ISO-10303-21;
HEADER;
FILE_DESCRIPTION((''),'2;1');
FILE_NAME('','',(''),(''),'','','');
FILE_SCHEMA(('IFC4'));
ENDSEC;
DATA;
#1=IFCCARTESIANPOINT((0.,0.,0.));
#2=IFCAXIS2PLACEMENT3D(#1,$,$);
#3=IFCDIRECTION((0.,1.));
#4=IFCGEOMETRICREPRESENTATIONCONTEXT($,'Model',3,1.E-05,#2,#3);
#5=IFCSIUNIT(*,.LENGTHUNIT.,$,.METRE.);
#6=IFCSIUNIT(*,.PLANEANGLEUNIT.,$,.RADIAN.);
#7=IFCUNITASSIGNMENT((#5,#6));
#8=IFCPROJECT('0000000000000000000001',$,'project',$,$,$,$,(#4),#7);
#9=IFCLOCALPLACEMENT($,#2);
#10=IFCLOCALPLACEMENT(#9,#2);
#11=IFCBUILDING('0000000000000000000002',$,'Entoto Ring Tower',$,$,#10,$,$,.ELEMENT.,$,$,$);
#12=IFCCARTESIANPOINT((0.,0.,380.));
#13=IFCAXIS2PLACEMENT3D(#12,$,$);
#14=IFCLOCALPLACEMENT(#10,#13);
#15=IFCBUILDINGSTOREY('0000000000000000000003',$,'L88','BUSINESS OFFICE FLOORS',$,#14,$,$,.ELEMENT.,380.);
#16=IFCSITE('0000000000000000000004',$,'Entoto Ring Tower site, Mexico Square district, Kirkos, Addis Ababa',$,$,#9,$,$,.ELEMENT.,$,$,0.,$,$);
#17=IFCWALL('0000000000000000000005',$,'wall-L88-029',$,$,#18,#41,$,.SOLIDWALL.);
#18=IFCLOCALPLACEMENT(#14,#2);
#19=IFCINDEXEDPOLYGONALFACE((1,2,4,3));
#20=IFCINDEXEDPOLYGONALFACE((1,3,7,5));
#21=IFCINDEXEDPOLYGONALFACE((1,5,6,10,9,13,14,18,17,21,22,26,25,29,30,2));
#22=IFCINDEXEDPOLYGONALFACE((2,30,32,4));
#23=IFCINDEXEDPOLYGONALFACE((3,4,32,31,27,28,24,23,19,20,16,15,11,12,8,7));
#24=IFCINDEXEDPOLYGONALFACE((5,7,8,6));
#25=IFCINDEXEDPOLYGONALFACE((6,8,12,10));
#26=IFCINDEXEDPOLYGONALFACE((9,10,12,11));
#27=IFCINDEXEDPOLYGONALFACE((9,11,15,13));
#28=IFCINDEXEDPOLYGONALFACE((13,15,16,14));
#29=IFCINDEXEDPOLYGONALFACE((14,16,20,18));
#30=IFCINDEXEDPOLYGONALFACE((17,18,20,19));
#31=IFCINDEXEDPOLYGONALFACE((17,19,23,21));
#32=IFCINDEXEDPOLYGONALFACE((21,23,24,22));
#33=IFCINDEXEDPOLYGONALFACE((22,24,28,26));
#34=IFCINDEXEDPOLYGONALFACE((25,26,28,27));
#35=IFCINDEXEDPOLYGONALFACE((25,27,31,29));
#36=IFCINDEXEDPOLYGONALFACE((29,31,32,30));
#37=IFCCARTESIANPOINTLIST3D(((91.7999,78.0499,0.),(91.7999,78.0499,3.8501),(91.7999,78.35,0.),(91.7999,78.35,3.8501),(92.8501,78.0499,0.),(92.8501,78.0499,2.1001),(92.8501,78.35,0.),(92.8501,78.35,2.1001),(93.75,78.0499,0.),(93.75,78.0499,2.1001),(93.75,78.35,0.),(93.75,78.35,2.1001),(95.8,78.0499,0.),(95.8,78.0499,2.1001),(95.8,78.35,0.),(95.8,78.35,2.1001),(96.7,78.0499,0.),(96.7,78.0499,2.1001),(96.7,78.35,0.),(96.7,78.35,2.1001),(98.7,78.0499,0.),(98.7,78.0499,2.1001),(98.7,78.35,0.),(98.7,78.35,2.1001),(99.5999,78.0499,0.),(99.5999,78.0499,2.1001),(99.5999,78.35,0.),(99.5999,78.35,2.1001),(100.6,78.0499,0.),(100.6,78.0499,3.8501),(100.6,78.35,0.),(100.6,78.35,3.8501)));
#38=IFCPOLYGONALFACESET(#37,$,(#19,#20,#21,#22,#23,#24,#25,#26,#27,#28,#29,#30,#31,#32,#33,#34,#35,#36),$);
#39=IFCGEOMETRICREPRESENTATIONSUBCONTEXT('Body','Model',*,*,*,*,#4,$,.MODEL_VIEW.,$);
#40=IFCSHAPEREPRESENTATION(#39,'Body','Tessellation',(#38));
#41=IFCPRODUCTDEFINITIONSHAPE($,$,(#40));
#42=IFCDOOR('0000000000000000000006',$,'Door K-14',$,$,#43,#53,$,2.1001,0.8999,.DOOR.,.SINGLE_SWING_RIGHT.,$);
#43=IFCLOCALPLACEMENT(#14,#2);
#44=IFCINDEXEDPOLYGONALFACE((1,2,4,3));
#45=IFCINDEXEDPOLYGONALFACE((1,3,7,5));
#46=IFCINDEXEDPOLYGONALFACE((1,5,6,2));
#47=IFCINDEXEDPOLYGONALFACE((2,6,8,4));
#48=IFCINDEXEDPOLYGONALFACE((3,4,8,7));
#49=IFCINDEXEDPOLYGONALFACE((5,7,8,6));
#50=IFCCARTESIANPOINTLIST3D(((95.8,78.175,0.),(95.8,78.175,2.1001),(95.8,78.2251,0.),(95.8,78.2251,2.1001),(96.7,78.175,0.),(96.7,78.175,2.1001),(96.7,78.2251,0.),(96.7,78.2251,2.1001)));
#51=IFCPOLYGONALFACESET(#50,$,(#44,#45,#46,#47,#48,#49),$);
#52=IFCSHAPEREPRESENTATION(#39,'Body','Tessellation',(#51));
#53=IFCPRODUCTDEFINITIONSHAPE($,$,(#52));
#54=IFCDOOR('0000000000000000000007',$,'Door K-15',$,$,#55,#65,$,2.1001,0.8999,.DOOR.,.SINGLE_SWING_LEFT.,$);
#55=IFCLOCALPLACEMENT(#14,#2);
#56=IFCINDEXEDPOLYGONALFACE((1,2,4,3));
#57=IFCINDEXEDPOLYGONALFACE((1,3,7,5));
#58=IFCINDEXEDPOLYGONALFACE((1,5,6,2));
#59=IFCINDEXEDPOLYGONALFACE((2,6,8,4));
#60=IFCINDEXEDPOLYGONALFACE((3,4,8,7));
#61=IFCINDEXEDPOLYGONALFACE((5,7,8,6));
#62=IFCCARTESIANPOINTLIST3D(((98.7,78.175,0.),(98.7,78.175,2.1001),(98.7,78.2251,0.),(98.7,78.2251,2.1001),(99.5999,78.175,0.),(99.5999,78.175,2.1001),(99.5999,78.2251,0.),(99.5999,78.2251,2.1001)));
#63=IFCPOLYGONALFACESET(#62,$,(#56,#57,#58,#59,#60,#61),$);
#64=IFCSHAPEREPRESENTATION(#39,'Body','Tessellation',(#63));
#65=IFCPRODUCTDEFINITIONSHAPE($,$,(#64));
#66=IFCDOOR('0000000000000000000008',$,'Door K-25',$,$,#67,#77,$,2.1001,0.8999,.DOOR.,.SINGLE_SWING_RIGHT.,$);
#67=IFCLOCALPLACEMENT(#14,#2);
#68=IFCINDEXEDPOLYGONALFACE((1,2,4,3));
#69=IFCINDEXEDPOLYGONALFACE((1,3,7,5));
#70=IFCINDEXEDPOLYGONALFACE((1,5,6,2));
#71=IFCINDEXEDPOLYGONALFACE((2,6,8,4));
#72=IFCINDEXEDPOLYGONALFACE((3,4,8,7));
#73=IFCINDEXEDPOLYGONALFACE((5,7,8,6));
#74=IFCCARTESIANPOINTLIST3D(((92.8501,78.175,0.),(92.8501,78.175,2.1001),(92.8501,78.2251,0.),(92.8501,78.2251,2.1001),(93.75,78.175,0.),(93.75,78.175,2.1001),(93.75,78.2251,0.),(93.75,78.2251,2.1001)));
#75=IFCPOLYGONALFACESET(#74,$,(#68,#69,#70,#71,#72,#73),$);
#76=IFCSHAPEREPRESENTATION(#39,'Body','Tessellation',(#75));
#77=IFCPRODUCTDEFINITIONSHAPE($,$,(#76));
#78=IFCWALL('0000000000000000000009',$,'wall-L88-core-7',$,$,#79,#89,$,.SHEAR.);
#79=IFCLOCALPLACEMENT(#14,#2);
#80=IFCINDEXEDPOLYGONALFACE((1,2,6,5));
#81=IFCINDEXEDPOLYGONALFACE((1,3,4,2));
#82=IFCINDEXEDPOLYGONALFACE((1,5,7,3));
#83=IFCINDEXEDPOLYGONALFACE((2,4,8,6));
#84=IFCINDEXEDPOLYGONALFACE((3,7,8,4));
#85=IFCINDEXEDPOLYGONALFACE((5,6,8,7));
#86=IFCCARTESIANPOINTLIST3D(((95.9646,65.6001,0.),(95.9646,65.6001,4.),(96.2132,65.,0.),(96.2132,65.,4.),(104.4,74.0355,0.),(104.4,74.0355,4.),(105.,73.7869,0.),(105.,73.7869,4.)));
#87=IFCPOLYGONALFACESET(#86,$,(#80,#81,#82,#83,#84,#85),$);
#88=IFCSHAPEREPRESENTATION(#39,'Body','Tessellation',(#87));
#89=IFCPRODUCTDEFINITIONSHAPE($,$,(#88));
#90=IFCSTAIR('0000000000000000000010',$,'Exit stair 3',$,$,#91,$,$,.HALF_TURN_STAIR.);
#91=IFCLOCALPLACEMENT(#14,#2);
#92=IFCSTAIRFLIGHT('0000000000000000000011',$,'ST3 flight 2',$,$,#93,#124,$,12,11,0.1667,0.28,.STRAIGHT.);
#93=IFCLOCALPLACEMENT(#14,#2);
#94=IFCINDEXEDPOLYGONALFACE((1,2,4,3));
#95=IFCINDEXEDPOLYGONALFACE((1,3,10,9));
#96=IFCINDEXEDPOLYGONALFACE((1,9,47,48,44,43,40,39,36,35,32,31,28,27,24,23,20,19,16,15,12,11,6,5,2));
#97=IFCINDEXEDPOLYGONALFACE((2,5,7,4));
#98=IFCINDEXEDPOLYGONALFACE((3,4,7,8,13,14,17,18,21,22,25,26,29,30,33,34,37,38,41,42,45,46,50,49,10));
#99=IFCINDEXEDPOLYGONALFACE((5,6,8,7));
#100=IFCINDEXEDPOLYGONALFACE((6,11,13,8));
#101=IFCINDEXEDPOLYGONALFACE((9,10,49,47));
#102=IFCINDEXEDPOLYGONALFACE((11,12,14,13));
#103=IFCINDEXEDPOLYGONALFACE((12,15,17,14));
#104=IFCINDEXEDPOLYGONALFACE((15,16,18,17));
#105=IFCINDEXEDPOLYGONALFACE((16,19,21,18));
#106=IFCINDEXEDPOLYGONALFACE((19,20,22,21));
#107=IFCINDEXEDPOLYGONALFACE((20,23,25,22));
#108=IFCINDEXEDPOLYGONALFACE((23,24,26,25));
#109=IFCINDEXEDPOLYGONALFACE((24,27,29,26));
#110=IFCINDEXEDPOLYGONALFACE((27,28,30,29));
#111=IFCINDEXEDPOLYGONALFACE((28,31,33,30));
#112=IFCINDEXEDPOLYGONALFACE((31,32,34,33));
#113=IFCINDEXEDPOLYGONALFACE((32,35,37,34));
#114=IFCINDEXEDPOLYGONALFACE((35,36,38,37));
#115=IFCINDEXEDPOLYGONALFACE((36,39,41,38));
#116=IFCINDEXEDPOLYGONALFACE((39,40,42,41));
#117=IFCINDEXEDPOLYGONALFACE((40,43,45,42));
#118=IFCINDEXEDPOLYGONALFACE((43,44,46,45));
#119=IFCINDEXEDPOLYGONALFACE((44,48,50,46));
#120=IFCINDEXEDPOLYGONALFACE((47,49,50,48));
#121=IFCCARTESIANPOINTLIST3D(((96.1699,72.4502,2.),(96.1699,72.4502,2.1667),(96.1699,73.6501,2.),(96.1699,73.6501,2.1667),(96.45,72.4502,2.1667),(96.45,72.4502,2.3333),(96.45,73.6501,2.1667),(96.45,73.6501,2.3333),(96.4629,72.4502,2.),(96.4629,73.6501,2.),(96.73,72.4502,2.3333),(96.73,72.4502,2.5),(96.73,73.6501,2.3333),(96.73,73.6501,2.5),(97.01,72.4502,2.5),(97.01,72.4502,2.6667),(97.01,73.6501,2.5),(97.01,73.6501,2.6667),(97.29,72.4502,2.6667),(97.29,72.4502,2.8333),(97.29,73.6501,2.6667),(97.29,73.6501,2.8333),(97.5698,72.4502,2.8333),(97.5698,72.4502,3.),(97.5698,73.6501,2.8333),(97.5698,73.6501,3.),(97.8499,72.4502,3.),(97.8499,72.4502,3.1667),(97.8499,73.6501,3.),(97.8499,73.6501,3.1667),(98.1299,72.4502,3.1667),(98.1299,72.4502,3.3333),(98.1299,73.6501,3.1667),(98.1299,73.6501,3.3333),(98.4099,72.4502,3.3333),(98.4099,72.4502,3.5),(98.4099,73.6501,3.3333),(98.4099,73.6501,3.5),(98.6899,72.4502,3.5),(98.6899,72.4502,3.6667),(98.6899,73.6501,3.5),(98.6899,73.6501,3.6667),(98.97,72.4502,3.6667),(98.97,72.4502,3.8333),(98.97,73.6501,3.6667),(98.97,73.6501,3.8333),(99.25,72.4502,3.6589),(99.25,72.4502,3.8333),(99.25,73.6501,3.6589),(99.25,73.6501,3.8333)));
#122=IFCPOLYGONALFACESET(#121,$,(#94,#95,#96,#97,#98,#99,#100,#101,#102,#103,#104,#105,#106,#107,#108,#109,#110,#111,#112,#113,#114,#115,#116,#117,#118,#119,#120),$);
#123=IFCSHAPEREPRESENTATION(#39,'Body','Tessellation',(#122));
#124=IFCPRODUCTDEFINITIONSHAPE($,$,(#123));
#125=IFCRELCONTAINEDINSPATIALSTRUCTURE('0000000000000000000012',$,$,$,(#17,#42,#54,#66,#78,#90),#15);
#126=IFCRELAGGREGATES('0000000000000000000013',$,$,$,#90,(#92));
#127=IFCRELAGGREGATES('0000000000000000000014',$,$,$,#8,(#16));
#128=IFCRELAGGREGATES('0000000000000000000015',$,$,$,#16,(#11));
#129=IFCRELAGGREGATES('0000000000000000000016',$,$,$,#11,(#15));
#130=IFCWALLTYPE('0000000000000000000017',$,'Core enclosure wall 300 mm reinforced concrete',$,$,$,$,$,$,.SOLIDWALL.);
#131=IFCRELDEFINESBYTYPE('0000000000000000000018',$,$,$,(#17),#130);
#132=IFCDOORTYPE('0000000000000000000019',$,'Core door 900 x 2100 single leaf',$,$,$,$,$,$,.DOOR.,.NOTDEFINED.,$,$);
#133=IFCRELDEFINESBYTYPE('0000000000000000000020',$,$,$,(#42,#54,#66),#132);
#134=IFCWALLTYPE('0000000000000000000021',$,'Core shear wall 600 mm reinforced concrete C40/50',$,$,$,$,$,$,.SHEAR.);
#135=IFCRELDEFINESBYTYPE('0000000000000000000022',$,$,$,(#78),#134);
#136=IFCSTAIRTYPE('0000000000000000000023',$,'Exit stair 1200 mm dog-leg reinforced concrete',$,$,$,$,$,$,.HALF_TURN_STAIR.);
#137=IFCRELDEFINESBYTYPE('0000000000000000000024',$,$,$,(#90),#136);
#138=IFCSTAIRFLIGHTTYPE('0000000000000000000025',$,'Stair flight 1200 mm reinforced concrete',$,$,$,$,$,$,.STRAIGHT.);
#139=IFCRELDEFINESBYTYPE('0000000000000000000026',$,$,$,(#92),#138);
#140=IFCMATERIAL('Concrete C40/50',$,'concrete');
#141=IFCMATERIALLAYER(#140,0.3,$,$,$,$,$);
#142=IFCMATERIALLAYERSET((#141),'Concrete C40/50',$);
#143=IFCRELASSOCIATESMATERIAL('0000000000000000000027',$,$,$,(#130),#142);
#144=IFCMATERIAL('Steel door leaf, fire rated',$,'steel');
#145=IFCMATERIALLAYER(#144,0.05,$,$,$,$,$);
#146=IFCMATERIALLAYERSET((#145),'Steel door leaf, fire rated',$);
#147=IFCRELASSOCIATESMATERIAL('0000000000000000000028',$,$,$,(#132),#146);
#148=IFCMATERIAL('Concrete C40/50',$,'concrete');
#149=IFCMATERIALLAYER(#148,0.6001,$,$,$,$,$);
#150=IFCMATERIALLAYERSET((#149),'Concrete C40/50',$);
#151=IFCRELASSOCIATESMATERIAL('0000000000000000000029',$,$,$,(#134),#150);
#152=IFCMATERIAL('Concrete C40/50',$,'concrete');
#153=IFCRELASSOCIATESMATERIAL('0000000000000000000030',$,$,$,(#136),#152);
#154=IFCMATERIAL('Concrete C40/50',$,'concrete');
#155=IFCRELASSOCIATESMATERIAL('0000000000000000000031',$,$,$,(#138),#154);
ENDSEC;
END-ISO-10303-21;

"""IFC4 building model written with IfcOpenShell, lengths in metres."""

from ifc_helpers import new_model, si_unit, direction, frame, frame_2d, origin, place, context, subcontext, project, spatial, polyline, rectangle, outline, extrude, material, layer, layer_set, type_object, element, fill, aggregate, save


model = new_model("IFC4")

# Units and contexts
model_context = context("Model", 3, precision=1e-05, world=origin(), true_north=direction((0.0, 1.0)))
body_context = subcontext(model_context, "Body", "Model", "MODEL_VIEW")
ifc_project = project(units=[si_unit("LENGTHUNIT", "METRE"), si_unit("PLANEANGLEUNIT", "RADIAN")], contexts=[model_context])

# Site, building, storey
site_placement = place(None, origin())
site = spatial("IfcSite", under=ifc_project, at=site_placement, Name="Entoto Ring Tower site, Mexico Square district, Kirkos, Addis Ababa", CompositionType="ELEMENT", RefElevation=0.0)
building_placement = place(site_placement, origin())
building = spatial("IfcBuilding", under=site, at=building_placement, Name="Entoto Ring Tower", CompositionType="ELEMENT")
storey_placement = place(building_placement, frame((0.0, 0.0, 380.0)))
storey = spatial("IfcBuildingStorey", under=building, at=storey_placement, Name="L88", Description="BUSINESS OFFICE FLOORS", CompositionType="ELEMENT", Elevation=380.0)

# Shared definitions
ifc_material_1 = material(Name="Concrete C40/50", Category="concrete")
ifc_layer_1 = layer(ifc_material_1, 0.3)
ifc_layer_set_1 = layer_set([ifc_layer_1], Name="Concrete C40/50")
wall_type_1 = type_object("IfcWallType", Name="Core enclosure wall 300 mm reinforced concrete", PredefinedType="SOLIDWALL", material=ifc_layer_set_1)

# Shared definitions
ifc_material_2 = material(Name="Steel door leaf, fire rated", Category="steel")
ifc_layer_2 = layer(ifc_material_2, 0.05)
ifc_layer_set_2 = layer_set([ifc_layer_2], Name="Steel door leaf, fire rated")
door_type_1 = type_object("IfcDoorType", Name="Core door 900 x 2100 single leaf", OperationType="NOTDEFINED", PredefinedType="DOOR", material=ifc_layer_set_2)

# Wall, openings, doors
wall_1_placement = place(storey_placement, frame((91.8, 78.2, 0.0), z_axis=(0.0, 0.0, 1.0), x_axis=(1.0, 0.0, 0.0)))
wall_1 = element("IfcWall", 1, at=wall_1_placement, inside=storey, type_object=wall_type_1, Name="wall-L88-029", PredefinedType="SOLIDWALL", context=body_context, shape_type="SweptSolid", body=[
    extrude(rectangle(XDim=8.8, YDim=0.3, at=frame_2d((4.3999, 0.0))), origin(), (0.0, 0.0, 1.0), 3.8501),
])
opening_1_placement = place(wall_1_placement, frame((4.0, 0.0, 0.0)))
opening_1 = element("IfcOpeningElement", 2, at=opening_1_placement, cuts=wall_1, PredefinedType="OPENING", context=body_context, shape_type="SweptSolid", body=[
    extrude(rectangle(XDim=0.8999, YDim=2.1001, at=frame_2d((0.45, 1.05))), frame((0.0, 0.1602, 0.0), z_axis=(0.0, -1.0, 0.0), x_axis=(1.0, 0.0, 0.0)), (0.0, 0.0, 1.0), 0.3201),
])
opening_2_placement = place(wall_1_placement, frame((6.8999, 0.0, 0.0)))
opening_2 = element("IfcOpeningElement", 3, at=opening_2_placement, cuts=wall_1, PredefinedType="OPENING", context=body_context, shape_type="SweptSolid", body=[
    extrude(rectangle(XDim=0.8999, YDim=2.1001, at=frame_2d((0.45, 1.05))), frame((0.0, 0.1602, 0.0), z_axis=(0.0, -1.0, 0.0), x_axis=(1.0, 0.0, 0.0)), (0.0, 0.0, 1.0), 0.3201),
])
opening_3_placement = place(wall_1_placement, frame((1.05, 0.0, 0.0)))
opening_3 = element("IfcOpeningElement", 4, at=opening_3_placement, cuts=wall_1, PredefinedType="OPENING", context=body_context, shape_type="SweptSolid", body=[
    extrude(rectangle(XDim=0.8999, YDim=2.1001, at=frame_2d((0.45, 1.05))), frame((0.0, 0.1602, 0.0), z_axis=(0.0, -1.0, 0.0), x_axis=(1.0, 0.0, 0.0)), (0.0, 0.0, 1.0), 0.3201),
])
door_1_placement = place(opening_1_placement, frame((0.8999, 0.0, 0.0), z_axis=(0.0, 0.0, 1.0), x_axis=(-1.0, 0.0, 0.0)))
door_1 = element("IfcDoor", 5, at=door_1_placement, inside=storey, type_object=door_type_1, Name="Door K-14", OperationType="SINGLE_SWING_RIGHT", OverallHeight=2.1001, OverallWidth=0.8999, PredefinedType="DOOR", context=body_context, shape_type="SweptSolid", body=[
    extrude(rectangle(XDim=0.8999, YDim=2.1001, at=frame_2d((0.45, 1.05))), frame((0.0, 0.0249, 0.0), z_axis=(0.0, -1.0, 0.0), x_axis=(1.0, 0.0, 0.0)), (0.0, 0.0, 1.0), 0.05),
])
fill(opening_1, door_1)
door_2_placement = place(opening_2_placement, frame((0.8999, 0.0, 0.0), z_axis=(0.0, 0.0, 1.0), x_axis=(-1.0, 0.0, 0.0)))
door_2 = element("IfcDoor", 6, at=door_2_placement, inside=storey, type_object=door_type_1, Name="Door K-15", OperationType="SINGLE_SWING_LEFT", OverallHeight=2.1001, OverallWidth=0.8999, PredefinedType="DOOR", context=body_context, shape_type="SweptSolid", body=[
    extrude(rectangle(XDim=0.8999, YDim=2.1001, at=frame_2d((0.45, 1.05))), frame((0.0, 0.0249, 0.0), z_axis=(0.0, -1.0, 0.0), x_axis=(1.0, 0.0, 0.0)), (0.0, 0.0, 1.0), 0.05),
])
fill(opening_2, door_2)
door_3_placement = place(opening_3_placement, frame((0.8999, 0.0, 0.0), z_axis=(0.0, 0.0, 1.0), x_axis=(-1.0, 0.0, 0.0)))
door_3 = element("IfcDoor", 7, at=door_3_placement, inside=storey, type_object=door_type_1, Name="Door K-25", OperationType="SINGLE_SWING_RIGHT", OverallHeight=2.1001, OverallWidth=0.8999, PredefinedType="DOOR", context=body_context, shape_type="SweptSolid", body=[
    extrude(rectangle(XDim=0.8999, YDim=2.1001, at=frame_2d((0.45, 1.05))), frame((0.0, 0.0249, 0.0), z_axis=(0.0, -1.0, 0.0), x_axis=(1.0, 0.0, 0.0)), (0.0, 0.0, 1.0), 0.05),
])
fill(opening_3, door_3)

# Wall
ifc_material_3 = material(Name="Concrete C40/50", Category="concrete")
ifc_layer_3 = layer(ifc_material_3, 0.6001)
ifc_layer_set_3 = layer_set([ifc_layer_3], Name="Concrete C40/50")
wall_type_2 = type_object("IfcWallType", Name="Core shear wall 600 mm reinforced concrete C40/50", PredefinedType="SHEAR", material=ifc_layer_set_3)
wall_2_placement = place(storey_placement, frame((96.0889, 65.3, 0.0), z_axis=(0.0, 0.0, 1.0), x_axis=(0.707107, 0.707107, 0.0)))
element("IfcWall", 8, at=wall_2_placement, inside=storey, type_object=wall_type_2, Name="wall-L88-core-7", PredefinedType="SHEAR", context=body_context, shape_type="SweptSolid", body=[
    extrude(outline(polyline([(-0.1243, -0.3), (12.3022, -0.3), (12.0537, 0.3), (0.1243, 0.3), (-0.1243, -0.3)])), origin(), (0.0, 0.0, 1.0), 4.0),
])

# Stair, stair flight
ifc_material_4 = material(Name="Concrete C40/50", Category="concrete")
stair_type = type_object("IfcStairType", Name="Exit stair 1200 mm dog-leg reinforced concrete", PredefinedType="HALF_TURN_STAIR", material=ifc_material_4)
stair_placement = place(storey_placement, origin())
stair = element("IfcStair", 9, at=stair_placement, inside=storey, type_object=stair_type, Name="Exit stair 3", PredefinedType="HALF_TURN_STAIR")
ifc_material_5 = material(Name="Concrete C40/50", Category="concrete")
stair_flight_type = type_object("IfcStairFlightType", Name="Stair flight 1200 mm reinforced concrete", PredefinedType="STRAIGHT", material=ifc_material_5)
stair_flight_placement = place(storey_placement, frame((96.1699, 73.05, 2.0), z_axis=(0.0, 0.0, 1.0), x_axis=(1.0, 0.0, 0.0)))
stair_flight = element("IfcStairFlight", 10, at=stair_flight_placement, type_object=stair_flight_type, Name="ST3 flight 2", NumberOfRisers=12, NumberOfTreads=11, PredefinedType="STRAIGHT", RiserHeight=0.1667, TreadLength=0.28, context=body_context, shape_type="SweptSolid", body=[
    extrude(outline(polyline([(0.0, 0.0), (0.0, 0.1667), (0.28, 0.1667), (0.28, 0.3333), (0.5601, 0.3333), (0.5601, 0.5), (0.8401, 0.5), (0.8401, 0.6667), (1.1201, 0.6667), (1.1201, 0.8333), (1.3999, 0.8333), (1.3999, 1.0), (1.6799, 1.0), (1.6799, 1.1667), (1.96, 1.1667), (1.96, 1.3333), (2.24, 1.3333), (2.24, 1.5), (2.52, 1.5), (2.52, 1.6667), (2.8, 1.6667), (2.8, 1.8333), (3.0801, 1.8333), (3.0801, 2.0), (3.0801, 1.6589), (0.293, 0.0), (0.0, 0.0)])), frame((0.0, 0.6001, 0.0), z_axis=(0.0, -1.0, 0.0), x_axis=(1.0, 0.0, 0.0)), (0.0, 0.0, 1.0), 1.2),
])
aggregate(stair, [stair_flight])

save(model, "model.ifc")
